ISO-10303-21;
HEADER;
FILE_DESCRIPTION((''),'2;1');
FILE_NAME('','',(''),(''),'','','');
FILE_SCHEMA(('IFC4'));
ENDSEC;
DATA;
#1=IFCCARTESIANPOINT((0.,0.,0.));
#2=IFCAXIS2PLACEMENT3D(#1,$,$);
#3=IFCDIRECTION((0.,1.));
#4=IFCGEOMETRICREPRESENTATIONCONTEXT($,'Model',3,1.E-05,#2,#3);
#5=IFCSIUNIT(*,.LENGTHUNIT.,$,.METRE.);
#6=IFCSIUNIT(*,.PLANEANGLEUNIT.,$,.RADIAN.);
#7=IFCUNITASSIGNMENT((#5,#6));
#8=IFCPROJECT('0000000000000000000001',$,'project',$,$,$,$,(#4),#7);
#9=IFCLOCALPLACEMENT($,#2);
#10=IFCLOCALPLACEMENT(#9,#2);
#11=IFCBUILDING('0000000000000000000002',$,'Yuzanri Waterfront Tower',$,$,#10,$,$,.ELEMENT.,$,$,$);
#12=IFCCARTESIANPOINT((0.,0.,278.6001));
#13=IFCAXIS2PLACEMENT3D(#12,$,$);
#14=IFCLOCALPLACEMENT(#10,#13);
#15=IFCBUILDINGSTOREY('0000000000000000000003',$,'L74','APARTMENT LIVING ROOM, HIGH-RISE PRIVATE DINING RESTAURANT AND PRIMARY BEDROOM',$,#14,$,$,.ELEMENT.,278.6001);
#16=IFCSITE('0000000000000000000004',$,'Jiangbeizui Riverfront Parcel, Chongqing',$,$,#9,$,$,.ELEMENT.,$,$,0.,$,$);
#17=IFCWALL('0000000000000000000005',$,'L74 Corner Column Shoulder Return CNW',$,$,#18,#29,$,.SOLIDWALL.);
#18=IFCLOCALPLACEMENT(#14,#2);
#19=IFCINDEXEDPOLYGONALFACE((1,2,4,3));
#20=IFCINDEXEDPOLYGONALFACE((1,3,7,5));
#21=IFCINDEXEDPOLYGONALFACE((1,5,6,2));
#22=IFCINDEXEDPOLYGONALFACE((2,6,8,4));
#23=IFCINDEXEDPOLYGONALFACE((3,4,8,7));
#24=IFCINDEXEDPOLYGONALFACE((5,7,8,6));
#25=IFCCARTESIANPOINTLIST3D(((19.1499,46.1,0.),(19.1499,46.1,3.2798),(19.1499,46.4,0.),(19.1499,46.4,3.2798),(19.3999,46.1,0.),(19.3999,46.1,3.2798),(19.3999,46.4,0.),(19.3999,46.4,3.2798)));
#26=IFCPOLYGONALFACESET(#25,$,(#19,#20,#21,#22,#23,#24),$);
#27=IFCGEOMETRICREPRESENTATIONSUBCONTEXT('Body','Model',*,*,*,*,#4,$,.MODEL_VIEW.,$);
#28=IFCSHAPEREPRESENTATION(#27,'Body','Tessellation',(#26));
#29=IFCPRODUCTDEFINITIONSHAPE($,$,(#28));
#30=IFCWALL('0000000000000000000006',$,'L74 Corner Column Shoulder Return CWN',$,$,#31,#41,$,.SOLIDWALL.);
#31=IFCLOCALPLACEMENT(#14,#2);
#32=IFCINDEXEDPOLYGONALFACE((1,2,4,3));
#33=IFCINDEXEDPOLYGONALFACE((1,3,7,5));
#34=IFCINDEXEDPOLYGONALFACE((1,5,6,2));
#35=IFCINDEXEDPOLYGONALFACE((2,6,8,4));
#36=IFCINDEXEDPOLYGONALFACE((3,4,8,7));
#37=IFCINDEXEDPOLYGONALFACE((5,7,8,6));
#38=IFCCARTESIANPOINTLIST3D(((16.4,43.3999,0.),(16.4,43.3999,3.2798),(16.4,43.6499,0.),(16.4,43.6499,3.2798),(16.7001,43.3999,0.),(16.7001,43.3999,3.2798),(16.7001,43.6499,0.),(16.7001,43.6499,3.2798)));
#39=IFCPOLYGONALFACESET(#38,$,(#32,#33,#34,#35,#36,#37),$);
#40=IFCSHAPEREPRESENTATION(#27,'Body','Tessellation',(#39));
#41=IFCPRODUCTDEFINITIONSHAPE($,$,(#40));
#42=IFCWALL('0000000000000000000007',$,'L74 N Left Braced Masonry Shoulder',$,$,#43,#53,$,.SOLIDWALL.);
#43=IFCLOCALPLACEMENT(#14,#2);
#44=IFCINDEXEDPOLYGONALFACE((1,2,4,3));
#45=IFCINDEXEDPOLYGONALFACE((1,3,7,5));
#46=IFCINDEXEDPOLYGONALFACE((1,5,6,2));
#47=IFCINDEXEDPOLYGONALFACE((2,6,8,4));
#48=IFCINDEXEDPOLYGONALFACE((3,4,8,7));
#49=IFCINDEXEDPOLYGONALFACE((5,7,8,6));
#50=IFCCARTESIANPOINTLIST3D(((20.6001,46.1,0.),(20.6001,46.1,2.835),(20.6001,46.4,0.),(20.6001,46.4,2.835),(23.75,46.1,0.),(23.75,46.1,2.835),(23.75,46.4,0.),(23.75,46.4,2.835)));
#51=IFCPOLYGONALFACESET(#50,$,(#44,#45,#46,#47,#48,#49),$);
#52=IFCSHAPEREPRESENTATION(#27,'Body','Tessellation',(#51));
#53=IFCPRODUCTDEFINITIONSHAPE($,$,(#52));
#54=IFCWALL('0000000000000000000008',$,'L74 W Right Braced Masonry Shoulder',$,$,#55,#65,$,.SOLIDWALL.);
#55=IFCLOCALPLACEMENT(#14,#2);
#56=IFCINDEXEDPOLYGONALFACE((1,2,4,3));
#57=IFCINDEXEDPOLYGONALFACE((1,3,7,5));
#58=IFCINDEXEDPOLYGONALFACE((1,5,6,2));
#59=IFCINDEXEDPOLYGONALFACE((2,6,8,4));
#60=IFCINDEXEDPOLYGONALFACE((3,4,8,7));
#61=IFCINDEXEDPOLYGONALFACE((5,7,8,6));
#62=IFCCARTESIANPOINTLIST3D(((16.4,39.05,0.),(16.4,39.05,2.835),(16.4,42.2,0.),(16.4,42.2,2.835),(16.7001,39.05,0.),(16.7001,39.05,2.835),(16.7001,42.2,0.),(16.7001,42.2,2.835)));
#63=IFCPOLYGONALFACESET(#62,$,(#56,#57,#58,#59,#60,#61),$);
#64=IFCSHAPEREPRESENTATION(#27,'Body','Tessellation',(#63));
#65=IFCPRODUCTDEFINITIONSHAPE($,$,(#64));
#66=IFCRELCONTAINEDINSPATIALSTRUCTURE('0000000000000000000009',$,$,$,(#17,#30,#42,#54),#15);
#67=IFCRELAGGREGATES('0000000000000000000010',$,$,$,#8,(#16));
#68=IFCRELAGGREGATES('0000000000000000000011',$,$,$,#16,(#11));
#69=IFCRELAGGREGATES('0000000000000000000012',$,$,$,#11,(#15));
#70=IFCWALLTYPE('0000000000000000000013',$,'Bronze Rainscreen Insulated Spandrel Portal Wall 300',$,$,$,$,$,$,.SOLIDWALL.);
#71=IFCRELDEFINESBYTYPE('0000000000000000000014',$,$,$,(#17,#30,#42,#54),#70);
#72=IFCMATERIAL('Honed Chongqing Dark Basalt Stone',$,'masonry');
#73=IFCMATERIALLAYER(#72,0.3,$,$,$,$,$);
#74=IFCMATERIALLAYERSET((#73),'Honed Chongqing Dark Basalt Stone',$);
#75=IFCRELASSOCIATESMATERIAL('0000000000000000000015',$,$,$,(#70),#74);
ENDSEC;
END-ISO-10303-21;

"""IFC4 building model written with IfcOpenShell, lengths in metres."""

from ifc_helpers import new_model, si_unit, direction, frame, frame_2d, origin, place, context, subcontext, project, spatial, rectangle, extrude, source, transform, mapped, material, layer, layer_set, type_object, element, save


model = new_model("IFC4")

# Units and contexts
model_context = context("Model", 3, precision=1e-05, world=origin(), true_north=direction((0.0, 1.0)))
body_context = subcontext(model_context, "Body", "Model", "MODEL_VIEW")
ifc_project = project(units=[si_unit("LENGTHUNIT", "METRE"), si_unit("PLANEANGLEUNIT", "RADIAN")], contexts=[model_context])

# Site, building, storey
site_placement = place(None, origin())
site = spatial("IfcSite", under=ifc_project, at=site_placement, Name="Jiangbeizui Riverfront Parcel, Chongqing", CompositionType="ELEMENT", RefElevation=0.0)
building_placement = place(site_placement, origin())
building = spatial("IfcBuilding", under=site, at=building_placement, Name="Yuzanri Waterfront Tower", CompositionType="ELEMENT")
storey_placement = place(building_placement, frame((0.0, 0.0, 278.6001)))
storey = spatial("IfcBuildingStorey", under=building, at=storey_placement, Name="L74", Description="APARTMENT LIVING ROOM, HIGH-RISE PRIVATE DINING RESTAURANT AND PRIMARY BEDROOM", CompositionType="ELEMENT", Elevation=278.6001)

# Shared definitions
ifc_material_1 = material(Name="Honed Chongqing Dark Basalt Stone", Category="masonry")
ifc_layer_1 = layer(ifc_material_1, 0.3)
ifc_layer_set_1 = layer_set([ifc_layer_1], Name="Honed Chongqing Dark Basalt Stone")
wall_type_1 = type_object("IfcWallType", Name="Bronze Rainscreen Insulated Spandrel Portal Wall 300", PredefinedType="SOLIDWALL", material=ifc_layer_set_1)

# Walls
shared_shape_1 = source(origin(), body_context, "Body", "SweptSolid", [
    extrude(rectangle(XDim=0.25, YDim=0.3, at=frame_2d((0.125, 0.0))), origin(), (0.0, 0.0, 1.0), 3.2798),
])
for number, where, z_axis, x_axis, name in (
    (1, (19.1499, 46.25, 0.0), (0.0, 0.0, 1.0), (1.0, 0.0, 0.0), "L74 Corner Column Shoulder Return CNW"),
    (2, (16.55, 43.3999, 0.0), (0.0, 0.0, 1.0), (0.0, 1.0, 0.0), "L74 Corner Column Shoulder Return CWN"),
):
    element("IfcWall", number, at=place(storey_placement, frame(where, z_axis=z_axis, x_axis=x_axis)), inside=storey, type_object=wall_type_1, Name=name, PredefinedType="SOLIDWALL", context=body_context, shape_type="MappedRepresentation", body=[
        mapped(shared_shape_1, transform((0.0, 0.0, 0.0), scale=1.0)),
    ])
shared_shape_2 = source(origin(), body_context, "Body", "SweptSolid", [
    extrude(rectangle(XDim=3.1499, YDim=0.3, at=frame_2d((1.575, 0.0))), origin(), (0.0, 0.0, 1.0), 2.835),
])
for number, where, z_axis, x_axis, name in (
    (3, (20.6001, 46.25, 0.0), (0.0, 0.0, 1.0), (1.0, 0.0, 0.0), "L74 N Left Braced Masonry Shoulder"),
    (4, (16.55, 39.05, 0.0), (0.0, 0.0, 1.0), (0.0, 1.0, 0.0), "L74 W Right Braced Masonry Shoulder"),
):
    element("IfcWall", number, at=place(storey_placement, frame(where, z_axis=z_axis, x_axis=x_axis)), inside=storey, type_object=wall_type_1, Name=name, PredefinedType="SOLIDWALL", context=body_context, shape_type="MappedRepresentation", body=[
        mapped(shared_shape_2, transform((0.0, 0.0, 0.0), scale=1.0)),
    ])

save(model, "model.ifc")
